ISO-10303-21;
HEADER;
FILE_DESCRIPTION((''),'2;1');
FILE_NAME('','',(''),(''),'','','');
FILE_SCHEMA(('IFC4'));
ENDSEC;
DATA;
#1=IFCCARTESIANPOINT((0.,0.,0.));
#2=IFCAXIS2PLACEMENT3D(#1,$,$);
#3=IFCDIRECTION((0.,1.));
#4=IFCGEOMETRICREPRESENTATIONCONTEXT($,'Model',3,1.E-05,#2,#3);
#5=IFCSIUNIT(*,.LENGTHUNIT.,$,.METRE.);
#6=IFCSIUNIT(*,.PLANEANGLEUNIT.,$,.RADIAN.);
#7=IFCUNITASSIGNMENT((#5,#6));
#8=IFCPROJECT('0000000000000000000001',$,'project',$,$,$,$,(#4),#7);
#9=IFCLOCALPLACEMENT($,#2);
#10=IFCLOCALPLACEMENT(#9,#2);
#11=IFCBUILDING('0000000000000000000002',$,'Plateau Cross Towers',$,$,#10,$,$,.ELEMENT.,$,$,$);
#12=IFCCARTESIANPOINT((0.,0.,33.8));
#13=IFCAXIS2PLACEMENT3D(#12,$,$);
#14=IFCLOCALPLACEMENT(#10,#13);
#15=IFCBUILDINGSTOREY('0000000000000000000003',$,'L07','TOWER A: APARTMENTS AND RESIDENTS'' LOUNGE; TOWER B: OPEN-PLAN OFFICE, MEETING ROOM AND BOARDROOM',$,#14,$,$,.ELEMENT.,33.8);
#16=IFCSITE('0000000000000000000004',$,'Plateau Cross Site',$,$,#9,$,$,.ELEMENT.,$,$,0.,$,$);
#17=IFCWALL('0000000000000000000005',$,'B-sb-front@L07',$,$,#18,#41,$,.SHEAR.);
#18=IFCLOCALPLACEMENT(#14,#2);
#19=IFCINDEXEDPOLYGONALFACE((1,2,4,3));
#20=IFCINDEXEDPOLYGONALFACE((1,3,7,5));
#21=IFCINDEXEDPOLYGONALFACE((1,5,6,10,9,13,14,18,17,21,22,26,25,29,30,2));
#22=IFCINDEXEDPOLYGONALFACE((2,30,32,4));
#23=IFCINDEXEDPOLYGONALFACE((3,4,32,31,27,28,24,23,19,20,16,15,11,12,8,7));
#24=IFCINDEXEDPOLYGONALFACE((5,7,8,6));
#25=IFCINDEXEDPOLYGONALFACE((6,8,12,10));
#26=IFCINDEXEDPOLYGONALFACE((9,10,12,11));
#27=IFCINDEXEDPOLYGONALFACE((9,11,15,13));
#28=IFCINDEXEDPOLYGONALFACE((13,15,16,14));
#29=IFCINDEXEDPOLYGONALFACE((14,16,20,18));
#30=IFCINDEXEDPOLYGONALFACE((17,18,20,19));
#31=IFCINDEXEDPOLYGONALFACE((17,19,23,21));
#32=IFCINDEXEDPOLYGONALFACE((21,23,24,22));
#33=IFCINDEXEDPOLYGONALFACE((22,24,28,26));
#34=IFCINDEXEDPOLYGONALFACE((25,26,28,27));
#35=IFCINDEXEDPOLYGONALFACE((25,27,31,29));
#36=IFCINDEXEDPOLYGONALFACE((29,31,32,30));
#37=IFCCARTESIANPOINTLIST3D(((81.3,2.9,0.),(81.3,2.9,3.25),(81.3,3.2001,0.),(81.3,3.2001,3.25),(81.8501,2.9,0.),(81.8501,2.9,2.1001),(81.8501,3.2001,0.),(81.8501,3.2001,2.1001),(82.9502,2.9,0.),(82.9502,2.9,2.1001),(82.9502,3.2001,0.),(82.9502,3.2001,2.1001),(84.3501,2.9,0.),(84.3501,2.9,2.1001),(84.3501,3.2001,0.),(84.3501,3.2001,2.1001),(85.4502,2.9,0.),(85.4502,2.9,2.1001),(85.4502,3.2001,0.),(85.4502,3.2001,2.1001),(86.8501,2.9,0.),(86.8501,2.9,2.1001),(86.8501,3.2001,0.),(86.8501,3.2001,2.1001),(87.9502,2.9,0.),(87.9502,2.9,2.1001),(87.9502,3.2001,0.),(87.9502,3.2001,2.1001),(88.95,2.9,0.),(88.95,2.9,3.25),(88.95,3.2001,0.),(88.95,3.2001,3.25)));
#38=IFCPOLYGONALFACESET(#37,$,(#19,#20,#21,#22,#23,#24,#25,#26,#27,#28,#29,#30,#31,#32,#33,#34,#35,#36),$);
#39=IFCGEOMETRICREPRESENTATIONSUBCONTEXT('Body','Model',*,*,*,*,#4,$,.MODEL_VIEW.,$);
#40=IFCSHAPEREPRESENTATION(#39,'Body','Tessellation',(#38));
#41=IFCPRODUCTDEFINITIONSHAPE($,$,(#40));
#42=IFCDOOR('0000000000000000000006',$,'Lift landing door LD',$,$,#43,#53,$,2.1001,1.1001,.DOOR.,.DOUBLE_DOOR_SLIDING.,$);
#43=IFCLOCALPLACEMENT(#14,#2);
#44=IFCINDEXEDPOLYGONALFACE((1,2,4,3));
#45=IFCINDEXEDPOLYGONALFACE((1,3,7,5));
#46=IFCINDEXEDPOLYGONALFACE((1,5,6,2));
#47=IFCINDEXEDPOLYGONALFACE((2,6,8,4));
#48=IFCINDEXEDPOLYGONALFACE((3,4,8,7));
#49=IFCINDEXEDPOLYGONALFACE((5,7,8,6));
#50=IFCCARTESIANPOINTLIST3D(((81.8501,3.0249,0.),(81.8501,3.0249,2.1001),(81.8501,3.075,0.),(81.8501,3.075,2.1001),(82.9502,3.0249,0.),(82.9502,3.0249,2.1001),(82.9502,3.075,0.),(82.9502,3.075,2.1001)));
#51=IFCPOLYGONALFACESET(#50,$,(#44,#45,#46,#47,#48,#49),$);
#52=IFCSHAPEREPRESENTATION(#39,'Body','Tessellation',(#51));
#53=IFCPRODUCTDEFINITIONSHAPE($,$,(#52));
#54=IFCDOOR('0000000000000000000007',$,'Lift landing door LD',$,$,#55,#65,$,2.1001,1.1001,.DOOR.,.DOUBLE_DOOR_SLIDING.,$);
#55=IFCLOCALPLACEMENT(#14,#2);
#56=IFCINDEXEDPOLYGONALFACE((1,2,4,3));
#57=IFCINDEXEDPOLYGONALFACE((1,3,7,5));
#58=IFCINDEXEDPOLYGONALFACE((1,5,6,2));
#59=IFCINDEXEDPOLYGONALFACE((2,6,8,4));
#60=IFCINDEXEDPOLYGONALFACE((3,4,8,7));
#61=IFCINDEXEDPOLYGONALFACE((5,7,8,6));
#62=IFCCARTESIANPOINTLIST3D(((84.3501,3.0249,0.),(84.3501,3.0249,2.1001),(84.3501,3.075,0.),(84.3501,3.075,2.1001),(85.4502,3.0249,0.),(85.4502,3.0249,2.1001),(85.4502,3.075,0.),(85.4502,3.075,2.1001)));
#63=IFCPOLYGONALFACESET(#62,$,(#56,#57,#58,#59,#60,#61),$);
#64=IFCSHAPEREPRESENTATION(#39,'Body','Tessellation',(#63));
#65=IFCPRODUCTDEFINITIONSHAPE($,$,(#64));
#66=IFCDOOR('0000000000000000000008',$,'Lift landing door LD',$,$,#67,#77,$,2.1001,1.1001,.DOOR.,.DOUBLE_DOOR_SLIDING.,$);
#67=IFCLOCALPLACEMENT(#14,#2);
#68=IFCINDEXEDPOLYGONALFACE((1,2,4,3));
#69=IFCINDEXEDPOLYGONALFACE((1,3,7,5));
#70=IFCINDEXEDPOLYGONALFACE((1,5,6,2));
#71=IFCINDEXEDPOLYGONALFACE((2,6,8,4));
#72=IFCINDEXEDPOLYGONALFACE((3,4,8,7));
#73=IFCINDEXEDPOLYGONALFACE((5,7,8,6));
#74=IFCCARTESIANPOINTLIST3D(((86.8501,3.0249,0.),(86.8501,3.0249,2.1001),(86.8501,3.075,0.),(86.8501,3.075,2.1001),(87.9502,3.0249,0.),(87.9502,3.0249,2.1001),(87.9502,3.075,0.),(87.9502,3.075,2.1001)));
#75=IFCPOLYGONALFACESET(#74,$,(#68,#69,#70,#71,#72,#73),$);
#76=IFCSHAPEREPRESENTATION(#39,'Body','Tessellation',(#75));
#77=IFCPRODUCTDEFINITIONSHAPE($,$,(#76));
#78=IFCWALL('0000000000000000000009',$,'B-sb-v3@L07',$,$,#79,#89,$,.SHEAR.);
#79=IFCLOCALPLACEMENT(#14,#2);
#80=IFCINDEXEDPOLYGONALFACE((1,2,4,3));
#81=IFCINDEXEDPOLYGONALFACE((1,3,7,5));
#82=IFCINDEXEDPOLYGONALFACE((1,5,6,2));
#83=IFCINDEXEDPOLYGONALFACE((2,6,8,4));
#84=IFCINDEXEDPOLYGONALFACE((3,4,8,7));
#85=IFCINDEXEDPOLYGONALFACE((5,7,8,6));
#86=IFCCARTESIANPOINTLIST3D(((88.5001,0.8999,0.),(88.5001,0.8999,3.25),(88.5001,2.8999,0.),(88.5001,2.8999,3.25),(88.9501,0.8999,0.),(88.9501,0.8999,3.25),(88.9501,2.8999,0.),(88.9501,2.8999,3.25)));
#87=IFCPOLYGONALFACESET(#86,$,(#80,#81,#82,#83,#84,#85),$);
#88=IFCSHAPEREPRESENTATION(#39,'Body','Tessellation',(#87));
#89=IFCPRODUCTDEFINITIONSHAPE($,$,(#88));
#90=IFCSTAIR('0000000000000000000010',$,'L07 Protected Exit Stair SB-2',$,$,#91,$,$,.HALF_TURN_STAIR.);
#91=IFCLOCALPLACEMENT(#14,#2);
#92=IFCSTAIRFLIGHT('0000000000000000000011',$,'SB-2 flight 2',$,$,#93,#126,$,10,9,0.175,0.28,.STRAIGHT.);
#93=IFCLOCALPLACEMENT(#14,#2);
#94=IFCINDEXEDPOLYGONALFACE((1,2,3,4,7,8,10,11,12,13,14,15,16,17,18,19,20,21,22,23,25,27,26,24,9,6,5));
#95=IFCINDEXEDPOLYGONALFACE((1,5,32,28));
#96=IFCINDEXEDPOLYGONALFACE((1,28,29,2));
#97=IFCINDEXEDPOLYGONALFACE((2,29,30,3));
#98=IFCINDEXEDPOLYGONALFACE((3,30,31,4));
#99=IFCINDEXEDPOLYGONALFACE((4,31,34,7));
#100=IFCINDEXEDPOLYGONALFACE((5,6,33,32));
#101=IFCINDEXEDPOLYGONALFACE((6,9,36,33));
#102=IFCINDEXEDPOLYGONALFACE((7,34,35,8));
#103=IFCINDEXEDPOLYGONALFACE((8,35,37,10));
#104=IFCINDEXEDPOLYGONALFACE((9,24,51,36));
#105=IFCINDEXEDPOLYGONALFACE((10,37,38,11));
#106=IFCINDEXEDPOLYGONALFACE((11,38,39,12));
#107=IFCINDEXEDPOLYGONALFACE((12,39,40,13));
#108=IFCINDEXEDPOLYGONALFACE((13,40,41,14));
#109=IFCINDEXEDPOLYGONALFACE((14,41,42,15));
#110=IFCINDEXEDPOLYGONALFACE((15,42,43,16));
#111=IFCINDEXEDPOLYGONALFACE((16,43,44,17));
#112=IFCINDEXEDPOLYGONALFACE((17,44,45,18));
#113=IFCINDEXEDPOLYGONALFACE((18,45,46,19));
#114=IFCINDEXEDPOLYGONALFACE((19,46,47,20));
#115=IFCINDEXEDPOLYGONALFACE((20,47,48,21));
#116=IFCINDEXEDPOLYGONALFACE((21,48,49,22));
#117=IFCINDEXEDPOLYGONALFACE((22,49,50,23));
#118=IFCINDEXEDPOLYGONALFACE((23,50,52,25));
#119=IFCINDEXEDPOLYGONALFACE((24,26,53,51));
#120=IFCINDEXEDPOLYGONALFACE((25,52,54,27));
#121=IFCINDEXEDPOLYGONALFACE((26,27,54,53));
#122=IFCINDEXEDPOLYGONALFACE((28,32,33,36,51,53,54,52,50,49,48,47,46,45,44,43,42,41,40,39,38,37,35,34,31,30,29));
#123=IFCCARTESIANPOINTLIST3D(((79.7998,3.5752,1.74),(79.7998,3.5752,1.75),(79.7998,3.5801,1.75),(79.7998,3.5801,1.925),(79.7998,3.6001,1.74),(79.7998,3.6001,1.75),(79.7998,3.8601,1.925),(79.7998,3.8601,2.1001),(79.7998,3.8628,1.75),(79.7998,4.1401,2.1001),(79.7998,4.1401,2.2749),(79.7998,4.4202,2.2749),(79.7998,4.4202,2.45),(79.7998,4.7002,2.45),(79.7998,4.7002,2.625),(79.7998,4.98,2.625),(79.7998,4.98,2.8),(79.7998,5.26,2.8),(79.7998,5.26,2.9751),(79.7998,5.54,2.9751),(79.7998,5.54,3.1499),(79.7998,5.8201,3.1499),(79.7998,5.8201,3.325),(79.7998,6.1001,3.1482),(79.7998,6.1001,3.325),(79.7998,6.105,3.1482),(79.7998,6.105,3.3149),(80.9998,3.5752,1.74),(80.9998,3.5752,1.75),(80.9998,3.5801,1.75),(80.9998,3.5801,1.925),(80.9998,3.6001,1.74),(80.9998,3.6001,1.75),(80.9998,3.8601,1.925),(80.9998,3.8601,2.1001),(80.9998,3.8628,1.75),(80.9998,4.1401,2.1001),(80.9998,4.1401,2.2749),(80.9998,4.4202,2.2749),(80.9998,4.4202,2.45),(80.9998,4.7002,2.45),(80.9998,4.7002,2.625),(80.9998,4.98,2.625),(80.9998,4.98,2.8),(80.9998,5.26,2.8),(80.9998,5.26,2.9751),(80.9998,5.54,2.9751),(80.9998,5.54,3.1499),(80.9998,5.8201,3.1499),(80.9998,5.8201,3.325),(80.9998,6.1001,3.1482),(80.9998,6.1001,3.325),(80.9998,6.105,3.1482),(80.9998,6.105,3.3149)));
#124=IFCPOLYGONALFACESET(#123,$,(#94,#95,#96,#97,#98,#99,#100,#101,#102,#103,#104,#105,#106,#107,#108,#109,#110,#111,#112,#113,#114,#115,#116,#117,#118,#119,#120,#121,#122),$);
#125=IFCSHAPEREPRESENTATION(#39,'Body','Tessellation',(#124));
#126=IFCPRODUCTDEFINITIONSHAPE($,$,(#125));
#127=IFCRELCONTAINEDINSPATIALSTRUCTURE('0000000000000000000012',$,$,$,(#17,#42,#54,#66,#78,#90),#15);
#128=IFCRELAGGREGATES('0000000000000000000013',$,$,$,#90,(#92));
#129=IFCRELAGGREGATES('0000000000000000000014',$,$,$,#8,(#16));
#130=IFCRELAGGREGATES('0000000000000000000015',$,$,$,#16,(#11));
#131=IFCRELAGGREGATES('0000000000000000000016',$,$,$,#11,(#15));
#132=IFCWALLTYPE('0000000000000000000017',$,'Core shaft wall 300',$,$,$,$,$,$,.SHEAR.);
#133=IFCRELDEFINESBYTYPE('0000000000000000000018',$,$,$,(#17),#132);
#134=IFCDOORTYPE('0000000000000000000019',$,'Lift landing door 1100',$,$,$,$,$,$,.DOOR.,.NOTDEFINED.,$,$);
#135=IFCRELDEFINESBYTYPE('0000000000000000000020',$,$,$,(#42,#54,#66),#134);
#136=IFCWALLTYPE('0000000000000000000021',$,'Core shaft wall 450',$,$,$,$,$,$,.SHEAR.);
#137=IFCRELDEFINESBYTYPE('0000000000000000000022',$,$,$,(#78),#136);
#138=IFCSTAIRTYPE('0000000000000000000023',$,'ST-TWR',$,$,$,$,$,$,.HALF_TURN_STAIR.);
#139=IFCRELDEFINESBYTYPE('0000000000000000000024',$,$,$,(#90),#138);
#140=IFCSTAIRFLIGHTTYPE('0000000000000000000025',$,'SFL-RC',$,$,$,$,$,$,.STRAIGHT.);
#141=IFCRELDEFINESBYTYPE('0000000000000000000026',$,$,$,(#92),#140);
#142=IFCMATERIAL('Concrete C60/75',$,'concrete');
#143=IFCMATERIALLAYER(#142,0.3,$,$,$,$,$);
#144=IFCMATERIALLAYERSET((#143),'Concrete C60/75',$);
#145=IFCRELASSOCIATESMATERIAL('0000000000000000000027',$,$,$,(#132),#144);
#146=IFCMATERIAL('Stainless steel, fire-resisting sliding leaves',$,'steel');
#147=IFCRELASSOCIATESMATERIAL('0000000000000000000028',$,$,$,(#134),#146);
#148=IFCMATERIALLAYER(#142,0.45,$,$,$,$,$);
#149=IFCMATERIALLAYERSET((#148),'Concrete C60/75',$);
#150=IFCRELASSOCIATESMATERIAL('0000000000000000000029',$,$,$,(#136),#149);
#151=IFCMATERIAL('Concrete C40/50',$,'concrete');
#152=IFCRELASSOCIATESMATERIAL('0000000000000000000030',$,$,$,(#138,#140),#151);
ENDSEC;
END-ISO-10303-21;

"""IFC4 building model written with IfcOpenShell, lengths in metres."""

from ifc_helpers import new_model, si_unit, direction, frame, frame_2d, origin, place, context, subcontext, project, spatial, polyline, rectangle, outline, extrude, material, layer, layer_set, type_object, element, fill, aggregate, save


model = new_model("IFC4")

# Units and contexts
model_context = context("Model", 3, precision=1e-05, world=origin(), true_north=direction((0.0, 1.0)))
body_context = subcontext(model_context, "Body", "Model", "MODEL_VIEW")
ifc_project = project(units=[si_unit("LENGTHUNIT", "METRE"), si_unit("PLANEANGLEUNIT", "RADIAN")], contexts=[model_context])

# Site, building, storey
site_placement = place(None, origin())
site = spatial("IfcSite", under=ifc_project, at=site_placement, Name="Plateau Cross Site", CompositionType="ELEMENT", RefElevation=0.0)
building_placement = place(site_placement, origin())
building = spatial("IfcBuilding", under=site, at=building_placement, Name="Plateau Cross Towers", CompositionType="ELEMENT")
storey_placement = place(building_placement, frame((0.0, 0.0, 33.8)))
storey = spatial("IfcBuildingStorey", under=building, at=storey_placement, Name="L07", Description="TOWER A: APARTMENTS AND RESIDENTS' LOUNGE; TOWER B: OPEN-PLAN OFFICE, MEETING ROOM AND BOARDROOM", CompositionType="ELEMENT", Elevation=33.8)

# Shared definitions
ifc_material_1 = material(Name="Concrete C60/75", Category="concrete")

# Shared definitions
ifc_layer_1 = layer(ifc_material_1, 0.3)
ifc_layer_set_1 = layer_set([ifc_layer_1], Name="Concrete C60/75")
wall_type_1 = type_object("IfcWallType", Name="Core shaft wall 300", PredefinedType="SHEAR", material=ifc_layer_set_1)

# Wall, openings, doors
wall_1_placement = place(storey_placement, frame((81.3, 3.05, 0.0), z_axis=(0.0, 0.0, 1.0), x_axis=(1.0, 0.0, 0.0)))
wall_1 = element("IfcWall", 1, at=wall_1_placement, inside=storey, type_object=wall_type_1, Name="B-sb-front@L07", PredefinedType="SHEAR", context=body_context, shape_type="SweptSolid", body=[
    extrude(rectangle(XDim=7.6499, YDim=0.3, at=frame_2d((3.825, 0.0))), origin(), (0.0, 0.0, 1.0), 3.25),
])
opening_1_placement = place(wall_1_placement, frame((0.55, 0.0, 0.0)))
opening_1 = element("IfcOpeningElement", 2, at=opening_1_placement, cuts=wall_1, PredefinedType="OPENING", context=body_context, shape_type="SweptSolid", body=[
    extrude(rectangle(XDim=1.1001, YDim=2.1001, at=frame_2d((0.55, 1.05))), frame((0.0, 0.1599, 0.0), z_axis=(0.0, -1.0, 0.0), x_axis=(1.0, 0.0, 0.0)), (0.0, 0.0, 1.0), 0.3201),
])
opening_2_placement = place(wall_1_placement, frame((3.05, 0.0, 0.0)))
opening_2 = element("IfcOpeningElement", 3, at=opening_2_placement, cuts=wall_1, PredefinedType="OPENING", context=body_context, shape_type="SweptSolid", body=[
    extrude(rectangle(XDim=1.1001, YDim=2.1001, at=frame_2d((0.55, 1.05))), frame((0.0, 0.1599, 0.0), z_axis=(0.0, -1.0, 0.0), x_axis=(1.0, 0.0, 0.0)), (0.0, 0.0, 1.0), 0.3201),
])
opening_3_placement = place(wall_1_placement, frame((5.55, 0.0, 0.0)))
opening_3 = element("IfcOpeningElement", 4, at=opening_3_placement, cuts=wall_1, PredefinedType="OPENING", context=body_context, shape_type="SweptSolid", body=[
    extrude(rectangle(XDim=1.1001, YDim=2.1001, at=frame_2d((0.55, 1.05))), frame((0.0, 0.1599, 0.0), z_axis=(0.0, -1.0, 0.0), x_axis=(1.0, 0.0, 0.0)), (0.0, 0.0, 1.0), 0.3201),
])
ifc_material_2 = material(Name="Stainless steel, fire-resisting sliding leaves", Category="steel")
door_type = type_object("IfcDoorType", Name="Lift landing door 1100", OperationType="NOTDEFINED", PredefinedType="DOOR", material=ifc_material_2)
door_1_placement = place(opening_1_placement, origin())
door_1 = element("IfcDoor", 5, at=door_1_placement, inside=storey, type_object=door_type, Name="Lift landing door LD", OperationType="DOUBLE_DOOR_SLIDING", OverallHeight=2.1001, OverallWidth=1.1001, PredefinedType="DOOR", context=body_context, shape_type="SweptSolid", body=[
    extrude(rectangle(XDim=1.1001, YDim=2.1001, at=frame_2d((0.55, 1.05))), frame((0.0, 0.0249, 0.0), z_axis=(0.0, -1.0, 0.0), x_axis=(1.0, 0.0, 0.0)), (0.0, 0.0, 1.0), 0.05),
])
fill(opening_1, door_1)
door_2_placement = place(opening_2_placement, origin())
door_2 = element("IfcDoor", 6, at=door_2_placement, inside=storey, type_object=door_type, Name="Lift landing door LD", OperationType="DOUBLE_DOOR_SLIDING", OverallHeight=2.1001, OverallWidth=1.1001, PredefinedType="DOOR", context=body_context, shape_type="SweptSolid", body=[
    extrude(rectangle(XDim=1.1001, YDim=2.1001, at=frame_2d((0.55, 1.05))), frame((0.0, 0.0249, 0.0), z_axis=(0.0, -1.0, 0.0), x_axis=(1.0, 0.0, 0.0)), (0.0, 0.0, 1.0), 0.05),
])
fill(opening_2, door_2)
door_3_placement = place(opening_3_placement, origin())
door_3 = element("IfcDoor", 7, at=door_3_placement, inside=storey, type_object=door_type, Name="Lift landing door LD", OperationType="DOUBLE_DOOR_SLIDING", OverallHeight=2.1001, OverallWidth=1.1001, PredefinedType="DOOR", context=body_context, shape_type="SweptSolid", body=[
    extrude(rectangle(XDim=1.1001, YDim=2.1001, at=frame_2d((0.55, 1.05))), frame((0.0, 0.0249, 0.0), z_axis=(0.0, -1.0, 0.0), x_axis=(1.0, 0.0, 0.0)), (0.0, 0.0, 1.0), 0.05),
])
fill(opening_3, door_3)

# Wall
ifc_layer_2 = layer(ifc_material_1, 0.45)
ifc_layer_set_2 = layer_set([ifc_layer_2], Name="Concrete C60/75")
wall_type_2 = type_object("IfcWallType", Name="Core shaft wall 450", PredefinedType="SHEAR", material=ifc_layer_set_2)
wall_2_placement = place(storey_placement, frame((88.7251, 0.8999, 0.0), z_axis=(0.0, 0.0, 1.0), x_axis=(0.0, 1.0, 0.0)))
element("IfcWall", 8, at=wall_2_placement, inside=storey, type_object=wall_type_2, Name="B-sb-v3@L07", PredefinedType="SHEAR", context=body_context, shape_type="SweptSolid", body=[
    extrude(rectangle(XDim=2.0, YDim=0.45, at=frame_2d((1.0, 0.0))), origin(), (0.0, 0.0, 1.0), 3.25),
])

# Stair, stair flight
ifc_material_3 = material(Name="Concrete C40/50", Category="concrete")
stair_type = type_object("IfcStairType", Name="ST-TWR", PredefinedType="HALF_TURN_STAIR", material=ifc_material_3)
stair_placement = place(storey_placement, origin())
stair = element("IfcStair", 9, at=stair_placement, inside=storey, type_object=stair_type, Name="L07 Protected Exit Stair SB-2", PredefinedType="HALF_TURN_STAIR")
stair_flight_type = type_object("IfcStairFlightType", Name="SFL-RC", PredefinedType="STRAIGHT", material=ifc_material_3)
stair_flight_placement = place(storey_placement, frame((80.3999, 3.5801, 1.75), z_axis=(0.0, 0.0, 1.0), x_axis=(0.0, 1.0, 0.0)))
stair_flight = element("IfcStairFlight", 10, at=stair_flight_placement, type_object=stair_flight_type, Name="SB-2 flight 2", NumberOfRisers=10, NumberOfTreads=9, PredefinedType="STRAIGHT", RiserHeight=0.175, TreadLength=0.28, context=body_context, shape_type="SweptSolid", body=[
    extrude(outline(polyline([(-0.0049, -0.01), (-0.0049, 0.0), (0.0, 0.0), (0.0, 0.175), (0.28, 0.175), (0.28, 0.3501), (0.5601, 0.3501), (0.5601, 0.5249), (0.8401, 0.5249), (0.8401, 0.7), (1.1201, 0.7), (1.1201, 0.875), (1.3999, 0.875), (1.3999, 1.05), (1.6799, 1.05), (1.6799, 1.2251), (1.96, 1.2251), (1.96, 1.3999), (2.24, 1.3999), (2.24, 1.575), (2.52, 1.575), (2.5249, 1.5649), (2.5249, 1.3982), (2.52, 1.3982), (0.2827, 0.0), (0.02, 0.0), (0.02, -0.01), (-0.0049, -0.01)])), frame((0.0, 0.6001, 0.0), z_axis=(0.0, -1.0, 0.0), x_axis=(1.0, 0.0, 0.0)), (0.0, 0.0, 1.0), 1.2),
])
aggregate(stair, [stair_flight])

save(model, "model.ifc")
